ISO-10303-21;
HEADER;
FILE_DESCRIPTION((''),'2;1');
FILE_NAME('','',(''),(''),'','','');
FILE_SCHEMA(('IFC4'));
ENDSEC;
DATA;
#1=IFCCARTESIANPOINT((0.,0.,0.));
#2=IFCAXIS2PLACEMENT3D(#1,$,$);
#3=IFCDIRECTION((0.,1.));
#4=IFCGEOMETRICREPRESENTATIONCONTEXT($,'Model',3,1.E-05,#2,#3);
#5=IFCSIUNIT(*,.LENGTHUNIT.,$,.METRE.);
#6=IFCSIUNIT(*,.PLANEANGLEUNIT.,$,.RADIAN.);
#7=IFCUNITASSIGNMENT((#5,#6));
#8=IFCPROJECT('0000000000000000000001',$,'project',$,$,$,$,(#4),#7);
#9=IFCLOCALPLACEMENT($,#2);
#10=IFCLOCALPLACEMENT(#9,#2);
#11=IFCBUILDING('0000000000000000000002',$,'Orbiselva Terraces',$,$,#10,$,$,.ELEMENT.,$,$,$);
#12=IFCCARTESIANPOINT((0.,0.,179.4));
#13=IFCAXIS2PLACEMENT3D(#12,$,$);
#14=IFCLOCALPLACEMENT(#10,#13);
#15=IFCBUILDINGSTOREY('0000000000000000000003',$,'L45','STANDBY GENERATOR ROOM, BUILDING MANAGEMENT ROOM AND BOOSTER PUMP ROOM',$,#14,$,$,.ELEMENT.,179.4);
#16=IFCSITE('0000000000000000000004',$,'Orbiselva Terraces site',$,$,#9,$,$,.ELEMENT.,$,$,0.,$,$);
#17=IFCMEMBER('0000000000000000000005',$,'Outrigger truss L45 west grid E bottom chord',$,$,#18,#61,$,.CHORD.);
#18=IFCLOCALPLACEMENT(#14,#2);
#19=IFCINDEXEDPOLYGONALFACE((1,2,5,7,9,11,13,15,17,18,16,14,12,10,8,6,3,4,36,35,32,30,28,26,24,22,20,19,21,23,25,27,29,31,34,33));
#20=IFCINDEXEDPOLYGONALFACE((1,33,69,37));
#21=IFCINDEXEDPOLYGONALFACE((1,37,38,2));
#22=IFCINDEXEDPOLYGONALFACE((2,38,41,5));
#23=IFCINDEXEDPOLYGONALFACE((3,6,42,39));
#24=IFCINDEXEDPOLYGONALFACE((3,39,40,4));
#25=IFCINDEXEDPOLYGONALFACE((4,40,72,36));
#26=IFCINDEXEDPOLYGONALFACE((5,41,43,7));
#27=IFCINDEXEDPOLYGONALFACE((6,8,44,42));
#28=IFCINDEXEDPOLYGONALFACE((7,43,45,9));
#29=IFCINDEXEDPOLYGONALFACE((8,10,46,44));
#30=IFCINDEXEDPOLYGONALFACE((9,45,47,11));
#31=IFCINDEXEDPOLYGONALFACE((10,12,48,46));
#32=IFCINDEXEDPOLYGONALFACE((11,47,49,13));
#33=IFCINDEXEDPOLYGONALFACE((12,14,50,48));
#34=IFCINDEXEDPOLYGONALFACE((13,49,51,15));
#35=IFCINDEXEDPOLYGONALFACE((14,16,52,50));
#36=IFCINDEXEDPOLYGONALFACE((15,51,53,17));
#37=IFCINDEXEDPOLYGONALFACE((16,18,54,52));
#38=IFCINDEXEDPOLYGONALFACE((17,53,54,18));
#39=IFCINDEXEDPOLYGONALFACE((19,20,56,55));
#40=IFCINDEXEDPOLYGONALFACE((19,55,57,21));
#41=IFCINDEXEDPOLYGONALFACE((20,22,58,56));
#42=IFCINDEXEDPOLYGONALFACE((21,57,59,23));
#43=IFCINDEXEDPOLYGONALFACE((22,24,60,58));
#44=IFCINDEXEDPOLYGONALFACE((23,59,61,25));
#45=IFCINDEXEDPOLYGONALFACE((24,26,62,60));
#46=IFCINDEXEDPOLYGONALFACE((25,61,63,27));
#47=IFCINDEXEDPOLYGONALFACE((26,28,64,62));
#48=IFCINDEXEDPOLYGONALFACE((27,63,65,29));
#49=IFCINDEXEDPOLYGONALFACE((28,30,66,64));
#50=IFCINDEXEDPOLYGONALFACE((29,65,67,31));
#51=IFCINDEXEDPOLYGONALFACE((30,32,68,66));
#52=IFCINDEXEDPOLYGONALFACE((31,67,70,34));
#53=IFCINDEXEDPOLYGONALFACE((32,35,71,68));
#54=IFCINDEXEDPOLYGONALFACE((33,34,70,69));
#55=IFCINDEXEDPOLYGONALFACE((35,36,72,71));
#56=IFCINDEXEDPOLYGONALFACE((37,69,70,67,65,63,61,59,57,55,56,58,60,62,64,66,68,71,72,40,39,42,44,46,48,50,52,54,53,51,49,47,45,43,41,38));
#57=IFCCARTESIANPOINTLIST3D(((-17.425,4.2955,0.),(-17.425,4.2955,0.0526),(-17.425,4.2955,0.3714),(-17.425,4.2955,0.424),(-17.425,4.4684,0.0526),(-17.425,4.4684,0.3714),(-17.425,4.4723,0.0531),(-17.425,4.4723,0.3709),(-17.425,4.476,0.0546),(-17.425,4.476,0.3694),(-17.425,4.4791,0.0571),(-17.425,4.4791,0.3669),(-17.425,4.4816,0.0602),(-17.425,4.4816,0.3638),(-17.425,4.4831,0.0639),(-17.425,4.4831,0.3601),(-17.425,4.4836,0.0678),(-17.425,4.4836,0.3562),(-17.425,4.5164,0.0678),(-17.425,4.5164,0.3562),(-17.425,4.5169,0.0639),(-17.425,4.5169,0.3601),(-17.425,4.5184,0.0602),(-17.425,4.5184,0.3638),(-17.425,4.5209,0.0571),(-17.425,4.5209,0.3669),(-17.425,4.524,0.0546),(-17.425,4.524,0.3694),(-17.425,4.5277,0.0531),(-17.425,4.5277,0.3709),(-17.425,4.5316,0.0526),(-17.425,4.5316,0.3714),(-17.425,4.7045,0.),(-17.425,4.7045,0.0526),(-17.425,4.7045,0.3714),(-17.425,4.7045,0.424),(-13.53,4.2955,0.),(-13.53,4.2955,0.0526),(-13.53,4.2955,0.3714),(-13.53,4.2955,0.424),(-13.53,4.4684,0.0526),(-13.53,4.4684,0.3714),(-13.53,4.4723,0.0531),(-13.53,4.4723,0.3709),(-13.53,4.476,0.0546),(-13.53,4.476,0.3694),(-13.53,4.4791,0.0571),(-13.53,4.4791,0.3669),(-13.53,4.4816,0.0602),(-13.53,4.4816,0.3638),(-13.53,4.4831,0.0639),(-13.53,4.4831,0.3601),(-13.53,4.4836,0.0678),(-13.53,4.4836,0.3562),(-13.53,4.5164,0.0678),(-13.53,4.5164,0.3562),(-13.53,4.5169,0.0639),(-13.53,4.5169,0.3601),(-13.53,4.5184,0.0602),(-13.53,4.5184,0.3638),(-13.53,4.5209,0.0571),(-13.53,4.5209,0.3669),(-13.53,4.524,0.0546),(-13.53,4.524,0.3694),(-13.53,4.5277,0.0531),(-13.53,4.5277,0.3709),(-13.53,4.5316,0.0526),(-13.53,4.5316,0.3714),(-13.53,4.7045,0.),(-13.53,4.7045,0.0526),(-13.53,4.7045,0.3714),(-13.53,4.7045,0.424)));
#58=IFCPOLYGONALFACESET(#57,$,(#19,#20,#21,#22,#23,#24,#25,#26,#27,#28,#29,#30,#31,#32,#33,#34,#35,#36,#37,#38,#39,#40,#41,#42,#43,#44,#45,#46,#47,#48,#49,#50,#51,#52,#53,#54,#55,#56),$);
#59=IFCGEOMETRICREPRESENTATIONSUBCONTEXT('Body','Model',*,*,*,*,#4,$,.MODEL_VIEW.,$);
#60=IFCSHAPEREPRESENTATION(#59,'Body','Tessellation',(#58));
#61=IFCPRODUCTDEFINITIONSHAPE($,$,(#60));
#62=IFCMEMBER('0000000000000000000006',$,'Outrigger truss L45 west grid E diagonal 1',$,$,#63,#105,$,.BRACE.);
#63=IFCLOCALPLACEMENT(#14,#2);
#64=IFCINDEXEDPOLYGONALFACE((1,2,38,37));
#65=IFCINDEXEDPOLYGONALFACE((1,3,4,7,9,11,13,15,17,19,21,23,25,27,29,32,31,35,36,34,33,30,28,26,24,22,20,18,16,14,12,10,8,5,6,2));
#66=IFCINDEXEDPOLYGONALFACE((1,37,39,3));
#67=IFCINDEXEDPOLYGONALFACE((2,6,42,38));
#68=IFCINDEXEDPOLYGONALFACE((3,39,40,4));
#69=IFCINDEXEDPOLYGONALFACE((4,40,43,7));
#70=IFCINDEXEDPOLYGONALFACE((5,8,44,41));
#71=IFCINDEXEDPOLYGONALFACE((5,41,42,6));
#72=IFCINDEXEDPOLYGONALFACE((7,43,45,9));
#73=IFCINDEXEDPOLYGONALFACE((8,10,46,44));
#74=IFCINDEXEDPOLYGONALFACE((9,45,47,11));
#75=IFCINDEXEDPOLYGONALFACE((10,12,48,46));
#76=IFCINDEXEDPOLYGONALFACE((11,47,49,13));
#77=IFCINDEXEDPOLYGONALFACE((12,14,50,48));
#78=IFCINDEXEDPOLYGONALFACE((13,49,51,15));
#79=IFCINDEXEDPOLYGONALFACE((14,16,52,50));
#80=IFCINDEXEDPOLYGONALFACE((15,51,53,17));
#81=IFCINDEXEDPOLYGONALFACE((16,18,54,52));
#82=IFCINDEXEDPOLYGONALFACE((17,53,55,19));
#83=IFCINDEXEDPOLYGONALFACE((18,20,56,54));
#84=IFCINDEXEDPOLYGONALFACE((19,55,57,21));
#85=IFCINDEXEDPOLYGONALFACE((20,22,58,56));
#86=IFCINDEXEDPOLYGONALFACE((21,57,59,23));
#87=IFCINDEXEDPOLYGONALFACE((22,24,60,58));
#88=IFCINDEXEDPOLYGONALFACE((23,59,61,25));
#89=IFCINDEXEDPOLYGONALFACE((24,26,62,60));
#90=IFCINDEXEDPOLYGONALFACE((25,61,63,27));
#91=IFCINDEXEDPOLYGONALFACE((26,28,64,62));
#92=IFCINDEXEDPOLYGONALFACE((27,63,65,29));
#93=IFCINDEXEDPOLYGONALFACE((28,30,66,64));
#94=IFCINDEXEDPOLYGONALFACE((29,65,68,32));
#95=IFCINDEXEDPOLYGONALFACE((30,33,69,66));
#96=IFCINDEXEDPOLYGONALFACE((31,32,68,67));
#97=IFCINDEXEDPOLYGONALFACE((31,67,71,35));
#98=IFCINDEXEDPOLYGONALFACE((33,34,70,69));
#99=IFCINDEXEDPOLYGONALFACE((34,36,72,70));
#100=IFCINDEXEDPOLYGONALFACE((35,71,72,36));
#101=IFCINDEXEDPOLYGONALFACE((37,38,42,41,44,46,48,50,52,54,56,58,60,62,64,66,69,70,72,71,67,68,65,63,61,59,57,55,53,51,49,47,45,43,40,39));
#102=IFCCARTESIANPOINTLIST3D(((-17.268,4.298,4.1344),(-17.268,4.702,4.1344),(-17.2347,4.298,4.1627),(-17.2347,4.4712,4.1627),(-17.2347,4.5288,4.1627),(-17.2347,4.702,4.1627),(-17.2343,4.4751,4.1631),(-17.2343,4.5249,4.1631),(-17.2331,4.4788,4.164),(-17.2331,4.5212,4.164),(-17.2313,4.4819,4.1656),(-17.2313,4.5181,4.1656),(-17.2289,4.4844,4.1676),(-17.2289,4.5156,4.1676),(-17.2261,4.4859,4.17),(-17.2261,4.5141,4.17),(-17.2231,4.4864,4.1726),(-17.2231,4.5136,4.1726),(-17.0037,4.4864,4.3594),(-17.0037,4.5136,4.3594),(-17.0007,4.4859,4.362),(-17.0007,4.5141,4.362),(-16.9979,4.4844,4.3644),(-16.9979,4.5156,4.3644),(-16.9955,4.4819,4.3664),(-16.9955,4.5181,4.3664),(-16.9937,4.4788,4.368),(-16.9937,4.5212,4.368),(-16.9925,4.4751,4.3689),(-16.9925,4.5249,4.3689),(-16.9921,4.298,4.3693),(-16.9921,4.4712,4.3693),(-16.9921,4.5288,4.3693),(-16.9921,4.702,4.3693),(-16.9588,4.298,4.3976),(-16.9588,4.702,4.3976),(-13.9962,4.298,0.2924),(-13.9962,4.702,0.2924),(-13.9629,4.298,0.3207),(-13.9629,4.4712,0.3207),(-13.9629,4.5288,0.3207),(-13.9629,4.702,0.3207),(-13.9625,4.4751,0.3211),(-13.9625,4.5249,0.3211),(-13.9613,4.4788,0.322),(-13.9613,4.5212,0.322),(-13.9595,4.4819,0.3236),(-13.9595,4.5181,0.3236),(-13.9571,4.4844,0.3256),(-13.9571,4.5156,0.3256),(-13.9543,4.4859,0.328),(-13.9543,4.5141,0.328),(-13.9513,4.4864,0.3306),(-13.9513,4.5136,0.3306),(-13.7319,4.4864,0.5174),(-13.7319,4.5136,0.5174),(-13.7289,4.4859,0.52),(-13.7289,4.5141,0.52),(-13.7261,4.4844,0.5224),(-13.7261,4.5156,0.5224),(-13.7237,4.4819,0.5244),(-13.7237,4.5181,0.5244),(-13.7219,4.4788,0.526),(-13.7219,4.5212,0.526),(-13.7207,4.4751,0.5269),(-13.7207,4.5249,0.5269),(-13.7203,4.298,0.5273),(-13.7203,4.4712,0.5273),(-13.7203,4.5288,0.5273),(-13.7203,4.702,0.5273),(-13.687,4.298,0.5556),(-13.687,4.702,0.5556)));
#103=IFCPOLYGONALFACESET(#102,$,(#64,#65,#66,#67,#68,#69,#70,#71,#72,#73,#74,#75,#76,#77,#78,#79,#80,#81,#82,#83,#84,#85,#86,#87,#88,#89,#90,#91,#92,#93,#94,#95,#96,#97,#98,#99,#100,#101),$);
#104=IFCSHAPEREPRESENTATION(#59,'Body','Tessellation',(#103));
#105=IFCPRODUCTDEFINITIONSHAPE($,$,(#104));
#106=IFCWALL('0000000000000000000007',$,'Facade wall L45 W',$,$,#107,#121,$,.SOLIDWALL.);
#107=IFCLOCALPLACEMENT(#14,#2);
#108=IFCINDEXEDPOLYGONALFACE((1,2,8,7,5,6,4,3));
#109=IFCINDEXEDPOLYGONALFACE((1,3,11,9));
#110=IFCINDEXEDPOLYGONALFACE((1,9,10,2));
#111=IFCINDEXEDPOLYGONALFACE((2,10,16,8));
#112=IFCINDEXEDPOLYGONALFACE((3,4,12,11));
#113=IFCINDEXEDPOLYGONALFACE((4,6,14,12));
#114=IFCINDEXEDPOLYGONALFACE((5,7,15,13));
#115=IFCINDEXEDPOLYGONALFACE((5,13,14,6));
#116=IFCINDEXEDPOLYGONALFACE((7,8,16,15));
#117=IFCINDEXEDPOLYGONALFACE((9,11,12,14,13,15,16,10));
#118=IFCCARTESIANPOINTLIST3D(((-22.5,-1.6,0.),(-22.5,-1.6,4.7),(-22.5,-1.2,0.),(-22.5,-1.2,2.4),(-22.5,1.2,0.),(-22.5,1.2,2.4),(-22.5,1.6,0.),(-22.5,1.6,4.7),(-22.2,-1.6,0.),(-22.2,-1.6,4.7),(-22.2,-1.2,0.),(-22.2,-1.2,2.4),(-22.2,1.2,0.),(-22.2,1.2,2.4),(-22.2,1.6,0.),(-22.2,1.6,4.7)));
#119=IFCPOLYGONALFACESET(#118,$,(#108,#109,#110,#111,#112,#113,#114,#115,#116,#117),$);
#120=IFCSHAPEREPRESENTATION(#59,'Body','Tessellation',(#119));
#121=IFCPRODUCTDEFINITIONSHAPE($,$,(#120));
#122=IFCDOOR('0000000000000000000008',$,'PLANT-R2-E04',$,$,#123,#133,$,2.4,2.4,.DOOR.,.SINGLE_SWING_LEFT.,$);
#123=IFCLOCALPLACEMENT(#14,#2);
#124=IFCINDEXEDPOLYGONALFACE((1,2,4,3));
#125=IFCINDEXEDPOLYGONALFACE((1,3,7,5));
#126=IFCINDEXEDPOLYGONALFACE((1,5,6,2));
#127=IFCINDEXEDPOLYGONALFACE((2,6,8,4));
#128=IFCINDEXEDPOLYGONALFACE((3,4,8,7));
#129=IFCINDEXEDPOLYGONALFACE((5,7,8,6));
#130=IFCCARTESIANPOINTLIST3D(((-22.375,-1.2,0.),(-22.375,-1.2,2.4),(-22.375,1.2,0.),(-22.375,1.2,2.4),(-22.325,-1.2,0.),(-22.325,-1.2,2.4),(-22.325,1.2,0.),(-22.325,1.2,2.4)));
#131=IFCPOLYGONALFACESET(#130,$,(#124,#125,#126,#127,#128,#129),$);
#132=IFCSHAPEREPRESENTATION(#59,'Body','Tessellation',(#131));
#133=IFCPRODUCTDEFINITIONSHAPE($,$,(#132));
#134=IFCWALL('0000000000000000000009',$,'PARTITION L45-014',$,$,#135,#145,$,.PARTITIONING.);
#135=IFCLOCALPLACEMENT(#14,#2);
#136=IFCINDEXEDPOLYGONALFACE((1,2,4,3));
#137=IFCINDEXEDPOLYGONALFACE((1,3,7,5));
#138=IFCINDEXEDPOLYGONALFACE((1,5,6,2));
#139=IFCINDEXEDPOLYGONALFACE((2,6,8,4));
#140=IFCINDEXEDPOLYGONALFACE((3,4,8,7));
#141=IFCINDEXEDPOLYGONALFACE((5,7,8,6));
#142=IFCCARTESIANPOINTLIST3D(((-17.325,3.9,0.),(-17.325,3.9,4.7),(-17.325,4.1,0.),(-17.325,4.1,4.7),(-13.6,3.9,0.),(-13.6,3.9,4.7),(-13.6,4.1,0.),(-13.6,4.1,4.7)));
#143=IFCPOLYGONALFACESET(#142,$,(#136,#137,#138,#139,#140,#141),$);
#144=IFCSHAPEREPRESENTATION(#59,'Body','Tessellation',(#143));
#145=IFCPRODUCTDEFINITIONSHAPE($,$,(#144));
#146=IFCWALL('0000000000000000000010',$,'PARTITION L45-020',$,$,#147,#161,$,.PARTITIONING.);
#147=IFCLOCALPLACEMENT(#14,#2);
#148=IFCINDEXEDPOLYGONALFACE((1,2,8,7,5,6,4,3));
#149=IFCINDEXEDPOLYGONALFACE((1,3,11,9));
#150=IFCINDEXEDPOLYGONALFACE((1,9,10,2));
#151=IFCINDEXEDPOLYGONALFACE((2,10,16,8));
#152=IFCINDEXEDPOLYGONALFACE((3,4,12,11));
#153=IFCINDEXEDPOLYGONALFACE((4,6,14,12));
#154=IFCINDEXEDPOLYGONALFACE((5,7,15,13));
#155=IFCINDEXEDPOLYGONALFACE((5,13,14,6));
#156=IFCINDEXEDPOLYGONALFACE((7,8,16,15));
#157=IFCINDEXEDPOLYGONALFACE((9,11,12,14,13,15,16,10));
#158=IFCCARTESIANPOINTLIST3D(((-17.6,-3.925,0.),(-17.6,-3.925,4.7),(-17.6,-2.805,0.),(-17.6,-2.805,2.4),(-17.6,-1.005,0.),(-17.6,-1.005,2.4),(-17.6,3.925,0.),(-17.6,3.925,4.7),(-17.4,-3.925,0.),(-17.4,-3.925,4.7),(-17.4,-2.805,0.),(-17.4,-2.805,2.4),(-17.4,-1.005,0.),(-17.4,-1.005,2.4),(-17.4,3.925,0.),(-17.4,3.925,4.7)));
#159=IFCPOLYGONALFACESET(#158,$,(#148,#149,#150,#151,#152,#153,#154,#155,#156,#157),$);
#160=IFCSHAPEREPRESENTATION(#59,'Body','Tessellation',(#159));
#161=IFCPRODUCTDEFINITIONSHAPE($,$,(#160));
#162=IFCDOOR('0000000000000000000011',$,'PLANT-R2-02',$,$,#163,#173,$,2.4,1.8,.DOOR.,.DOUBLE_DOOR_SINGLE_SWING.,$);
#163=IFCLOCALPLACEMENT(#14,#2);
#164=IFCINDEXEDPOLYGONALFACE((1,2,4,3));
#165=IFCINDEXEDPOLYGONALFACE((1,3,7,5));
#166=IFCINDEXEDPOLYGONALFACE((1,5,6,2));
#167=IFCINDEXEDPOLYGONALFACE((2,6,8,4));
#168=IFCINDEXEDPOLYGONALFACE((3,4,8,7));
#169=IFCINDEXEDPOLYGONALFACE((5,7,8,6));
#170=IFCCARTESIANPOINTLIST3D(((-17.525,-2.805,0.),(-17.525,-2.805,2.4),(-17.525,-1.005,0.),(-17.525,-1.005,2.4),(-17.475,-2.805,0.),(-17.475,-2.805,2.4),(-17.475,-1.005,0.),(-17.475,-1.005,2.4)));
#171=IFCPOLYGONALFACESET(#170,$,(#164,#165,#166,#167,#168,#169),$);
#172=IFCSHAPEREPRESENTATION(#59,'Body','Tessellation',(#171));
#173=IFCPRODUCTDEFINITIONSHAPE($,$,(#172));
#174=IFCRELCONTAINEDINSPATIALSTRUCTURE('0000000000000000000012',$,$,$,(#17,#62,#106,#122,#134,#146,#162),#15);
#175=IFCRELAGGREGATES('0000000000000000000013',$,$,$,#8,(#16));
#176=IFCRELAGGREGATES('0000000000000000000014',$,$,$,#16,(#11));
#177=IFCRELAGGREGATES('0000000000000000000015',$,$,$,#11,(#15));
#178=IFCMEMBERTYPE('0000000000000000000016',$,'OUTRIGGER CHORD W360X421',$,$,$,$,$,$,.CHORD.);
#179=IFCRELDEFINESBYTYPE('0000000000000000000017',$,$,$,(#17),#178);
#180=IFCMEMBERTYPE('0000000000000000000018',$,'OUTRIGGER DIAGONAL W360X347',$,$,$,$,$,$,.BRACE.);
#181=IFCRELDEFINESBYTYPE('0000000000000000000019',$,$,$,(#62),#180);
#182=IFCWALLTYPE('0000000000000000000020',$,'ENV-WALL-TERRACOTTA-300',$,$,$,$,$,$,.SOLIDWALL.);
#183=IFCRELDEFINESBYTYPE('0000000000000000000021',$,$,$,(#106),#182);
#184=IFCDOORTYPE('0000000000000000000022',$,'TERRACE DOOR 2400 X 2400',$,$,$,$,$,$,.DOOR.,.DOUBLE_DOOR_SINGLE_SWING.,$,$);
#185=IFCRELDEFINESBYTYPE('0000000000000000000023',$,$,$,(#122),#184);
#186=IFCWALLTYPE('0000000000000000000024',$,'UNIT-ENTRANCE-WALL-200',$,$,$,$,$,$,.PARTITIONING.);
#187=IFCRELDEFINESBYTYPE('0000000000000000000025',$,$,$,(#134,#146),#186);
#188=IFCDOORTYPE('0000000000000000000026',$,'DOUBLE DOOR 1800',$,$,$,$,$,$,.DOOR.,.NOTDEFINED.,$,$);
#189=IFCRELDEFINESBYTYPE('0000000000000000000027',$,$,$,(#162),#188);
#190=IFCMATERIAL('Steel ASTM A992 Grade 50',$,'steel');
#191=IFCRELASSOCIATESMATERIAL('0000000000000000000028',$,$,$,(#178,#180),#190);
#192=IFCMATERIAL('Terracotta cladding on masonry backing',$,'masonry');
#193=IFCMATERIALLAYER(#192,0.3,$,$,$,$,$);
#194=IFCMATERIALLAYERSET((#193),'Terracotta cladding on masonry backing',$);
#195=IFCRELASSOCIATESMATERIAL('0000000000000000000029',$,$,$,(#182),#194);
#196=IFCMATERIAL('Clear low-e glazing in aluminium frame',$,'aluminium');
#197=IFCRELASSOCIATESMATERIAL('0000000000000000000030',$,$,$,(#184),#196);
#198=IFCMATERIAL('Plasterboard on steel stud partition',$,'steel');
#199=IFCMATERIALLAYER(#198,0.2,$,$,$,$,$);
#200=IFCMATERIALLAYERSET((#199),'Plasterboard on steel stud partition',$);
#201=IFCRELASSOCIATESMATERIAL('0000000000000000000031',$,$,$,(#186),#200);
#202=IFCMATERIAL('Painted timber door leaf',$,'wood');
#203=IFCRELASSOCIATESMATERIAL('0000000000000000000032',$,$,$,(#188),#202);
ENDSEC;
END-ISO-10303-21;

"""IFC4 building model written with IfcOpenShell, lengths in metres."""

from ifc_helpers import new_model, si_unit, direction, frame, frame_2d, origin, origin_2d, place, context, subcontext, project, spatial, rectangle, i_section, extrude, material, layer, layer_set, material_profile, profile_set, type_object, element, fill, save


model = new_model("IFC4")

# Units and contexts
model_context = context("Model", 3, precision=1e-05, world=origin(), true_north=direction((0.0, 1.0)))
body_context = subcontext(model_context, "Body", "Model", "MODEL_VIEW")
ifc_project = project(units=[si_unit("LENGTHUNIT", "METRE"), si_unit("PLANEANGLEUNIT", "RADIAN")], contexts=[model_context])

# Site, building, storey
site_placement = place(None, origin())
site = spatial("IfcSite", under=ifc_project, at=site_placement, Name="Orbiselva Terraces site", CompositionType="ELEMENT", RefElevation=0.0)
building_placement = place(site_placement, origin())
building = spatial("IfcBuilding", under=site, at=building_placement, Name="Orbiselva Terraces", CompositionType="ELEMENT")
storey_placement = place(building_placement, frame((0.0, 0.0, 179.4)))
storey = spatial("IfcBuildingStorey", under=building, at=storey_placement, Name="L45", Description="STANDBY GENERATOR ROOM, BUILDING MANAGEMENT ROOM AND BOOSTER PUMP ROOM", CompositionType="ELEMENT", Elevation=179.4)

# Members
ifc_material_1 = material(Name="Steel ASTM A992 Grade 50", Category="steel")
ifc_material_profile_1 = material_profile(ifc_material_1, i_section(OverallWidth=0.409, OverallDepth=0.424, WebThickness=0.0328, FlangeThickness=0.0526, FilletRadius=0.0152, at=origin_2d()), Name="W360X421")
ifc_profile_set_1 = profile_set([ifc_material_profile_1], Name="Steel ASTM A992 Grade 50")
member_type_1 = type_object("IfcMemberType", Name="OUTRIGGER CHORD W360X421", PredefinedType="CHORD", material=ifc_profile_set_1)
member_1_placement = place(storey_placement, frame((-13.53, 4.5, 0.212), z_axis=(-1.0, 0.0, 0.0), x_axis=(0.0, -1.0, 0.0)))
element("IfcMember", 1, at=member_1_placement, inside=storey, type_object=member_type_1, Name="Outrigger truss L45 west grid E bottom chord", PredefinedType="CHORD", context=body_context, shape_type="SweptSolid", body=[
    extrude(i_section(OverallWidth=0.409, OverallDepth=0.424, WebThickness=0.0328, FlangeThickness=0.0526, FilletRadius=0.0152, at=origin_2d()), origin(), (0.0, 0.0, 1.0), 3.895),
])
ifc_material_profile_2 = material_profile(ifc_material_1, i_section(OverallWidth=0.404, OverallDepth=0.406, WebThickness=0.0272, FlangeThickness=0.0437, FilletRadius=0.0152, at=origin_2d()), Name="W360X347")
ifc_profile_set_2 = profile_set([ifc_material_profile_2], Name="Steel ASTM A992 Grade 50")
member_type_2 = type_object("IfcMemberType", Name="OUTRIGGER DIAGONAL W360X347", PredefinedType="BRACE", material=ifc_profile_set_2)
member_2_placement = place(storey_placement, frame((-13.8416, 4.5, 0.424), z_axis=(-0.64835, 0.0, 0.761342), x_axis=(0.0, -1.0, 0.0)))
element("IfcMember", 2, at=member_2_placement, inside=storey, type_object=member_type_2, Name="Outrigger truss L45 west grid E diagonal 1", PredefinedType="BRACE", context=body_context, shape_type="SweptSolid", body=[
    extrude(i_section(OverallWidth=0.404, OverallDepth=0.406, WebThickness=0.0272, FlangeThickness=0.0437, FilletRadius=0.0152, at=origin_2d()), origin(), (0.0, 0.0, 1.0), 5.0463),
])

# Wall, opening, door
ifc_material_2 = material(Name="Terracotta cladding on masonry backing", Category="masonry")
ifc_layer_1 = layer(ifc_material_2, 0.3)
ifc_layer_set_1 = layer_set([ifc_layer_1], Name="Terracotta cladding on masonry backing")
wall_type_1 = type_object("IfcWallType", Name="ENV-WALL-TERRACOTTA-300", PredefinedType="SOLIDWALL", material=ifc_layer_set_1)
wall_1_placement = place(storey_placement, frame((-22.35, -1.6, 0.0), z_axis=(0.0, 0.0, 1.0), x_axis=(0.0, 1.0, 0.0)))
wall_1 = element("IfcWall", 3, at=wall_1_placement, inside=storey, type_object=wall_type_1, Name="Facade wall L45 W", PredefinedType="SOLIDWALL", context=body_context, shape_type="SweptSolid", body=[
    extrude(rectangle(XDim=3.2, YDim=0.3, at=frame_2d((1.6, 0.0))), origin(), (0.0, 0.0, 1.0), 4.7),
])
opening_1_placement = place(wall_1_placement, frame((0.4, 0.0, 0.0)))
opening_1 = element("IfcOpeningElement", 4, at=opening_1_placement, cuts=wall_1, PredefinedType="OPENING", context=body_context, shape_type="SweptSolid", body=[
    extrude(rectangle(XDim=2.4, YDim=2.4, at=frame_2d((1.2, 1.2))), frame((0.0, 0.16, 0.0), z_axis=(0.0, -1.0, 0.0), x_axis=(1.0, 0.0, 0.0)), (0.0, 0.0, 1.0), 0.32),
])
ifc_material_3 = material(Name="Clear low-e glazing in aluminium frame", Category="aluminium")
door_type_1 = type_object("IfcDoorType", Name="TERRACE DOOR 2400 X 2400", OperationType="DOUBLE_DOOR_SINGLE_SWING", PredefinedType="DOOR", material=ifc_material_3)
door_1_placement = place(opening_1_placement, origin())
door_1 = element("IfcDoor", 5, at=door_1_placement, inside=storey, type_object=door_type_1, Name="PLANT-R2-E04", OperationType="SINGLE_SWING_LEFT", OverallHeight=2.4, OverallWidth=2.4, PredefinedType="DOOR", context=body_context, shape_type="SweptSolid", body=[
    extrude(rectangle(XDim=2.4, YDim=2.4, at=frame_2d((1.2, 1.2))), frame((0.0, 0.025, 0.0), z_axis=(0.0, -1.0, 0.0), x_axis=(1.0, 0.0, 0.0)), (0.0, 0.0, 1.0), 0.05),
])
fill(opening_1, door_1)

# Wall
ifc_material_4 = material(Name="Plasterboard on steel stud partition", Category="steel")
ifc_layer_2 = layer(ifc_material_4, 0.2)
ifc_layer_set_2 = layer_set([ifc_layer_2], Name="Plasterboard on steel stud partition")
wall_type_2 = type_object("IfcWallType", Name="UNIT-ENTRANCE-WALL-200", PredefinedType="PARTITIONING", material=ifc_layer_set_2)
wall_2_placement = place(storey_placement, frame((-17.325, 4.0, 0.0), z_axis=(0.0, 0.0, 1.0), x_axis=(1.0, 0.0, 0.0)))
element("IfcWall", 6, at=wall_2_placement, inside=storey, type_object=wall_type_2, Name="PARTITION L45-014", PredefinedType="PARTITIONING", context=body_context, shape_type="SweptSolid", body=[
    extrude(rectangle(XDim=3.725, YDim=0.2, at=frame_2d((1.8625, 0.0))), origin(), (0.0, 0.0, 1.0), 4.7),
])

# Wall, opening, door
wall_3_placement = place(storey_placement, frame((-17.5, 3.925, 0.0), z_axis=(0.0, 0.0, 1.0), x_axis=(0.0, -1.0, 0.0)))
wall_3 = element("IfcWall", 7, at=wall_3_placement, inside=storey, type_object=wall_type_2, Name="PARTITION L45-020", PredefinedType="PARTITIONING", context=body_context, shape_type="SweptSolid", body=[
    extrude(rectangle(XDim=7.85, YDim=0.2, at=frame_2d((3.925, 0.0))), origin(), (0.0, 0.0, 1.0), 4.7),
])
opening_2_placement = place(wall_3_placement, frame((4.93, 0.0, 0.0)))
opening_2 = element("IfcOpeningElement", 8, at=opening_2_placement, cuts=wall_3, PredefinedType="OPENING", context=body_context, shape_type="SweptSolid", body=[
    extrude(rectangle(XDim=1.8, YDim=2.4, at=frame_2d((0.9, 1.2))), frame((0.0, 0.11, 0.0), z_axis=(0.0, -1.0, 0.0), x_axis=(1.0, 0.0, 0.0)), (0.0, 0.0, 1.0), 0.22),
])
ifc_material_5 = material(Name="Painted timber door leaf", Category="wood")
door_type_2 = type_object("IfcDoorType", Name="DOUBLE DOOR 1800", OperationType="NOTDEFINED", PredefinedType="DOOR", material=ifc_material_5)
door_2_placement = place(opening_2_placement, origin())
door_2 = element("IfcDoor", 9, at=door_2_placement, inside=storey, type_object=door_type_2, Name="PLANT-R2-02", OperationType="DOUBLE_DOOR_SINGLE_SWING", OverallHeight=2.4, OverallWidth=1.8, PredefinedType="DOOR", context=body_context, shape_type="SweptSolid", body=[
    extrude(rectangle(XDim=1.8, YDim=2.4, at=frame_2d((0.9, 1.2))), frame((0.0, 0.025, 0.0), z_axis=(0.0, -1.0, 0.0), x_axis=(1.0, 0.0, 0.0)), (0.0, 0.0, 1.0), 0.05),
])
fill(opening_2, door_2)

save(model, "model.ifc")
